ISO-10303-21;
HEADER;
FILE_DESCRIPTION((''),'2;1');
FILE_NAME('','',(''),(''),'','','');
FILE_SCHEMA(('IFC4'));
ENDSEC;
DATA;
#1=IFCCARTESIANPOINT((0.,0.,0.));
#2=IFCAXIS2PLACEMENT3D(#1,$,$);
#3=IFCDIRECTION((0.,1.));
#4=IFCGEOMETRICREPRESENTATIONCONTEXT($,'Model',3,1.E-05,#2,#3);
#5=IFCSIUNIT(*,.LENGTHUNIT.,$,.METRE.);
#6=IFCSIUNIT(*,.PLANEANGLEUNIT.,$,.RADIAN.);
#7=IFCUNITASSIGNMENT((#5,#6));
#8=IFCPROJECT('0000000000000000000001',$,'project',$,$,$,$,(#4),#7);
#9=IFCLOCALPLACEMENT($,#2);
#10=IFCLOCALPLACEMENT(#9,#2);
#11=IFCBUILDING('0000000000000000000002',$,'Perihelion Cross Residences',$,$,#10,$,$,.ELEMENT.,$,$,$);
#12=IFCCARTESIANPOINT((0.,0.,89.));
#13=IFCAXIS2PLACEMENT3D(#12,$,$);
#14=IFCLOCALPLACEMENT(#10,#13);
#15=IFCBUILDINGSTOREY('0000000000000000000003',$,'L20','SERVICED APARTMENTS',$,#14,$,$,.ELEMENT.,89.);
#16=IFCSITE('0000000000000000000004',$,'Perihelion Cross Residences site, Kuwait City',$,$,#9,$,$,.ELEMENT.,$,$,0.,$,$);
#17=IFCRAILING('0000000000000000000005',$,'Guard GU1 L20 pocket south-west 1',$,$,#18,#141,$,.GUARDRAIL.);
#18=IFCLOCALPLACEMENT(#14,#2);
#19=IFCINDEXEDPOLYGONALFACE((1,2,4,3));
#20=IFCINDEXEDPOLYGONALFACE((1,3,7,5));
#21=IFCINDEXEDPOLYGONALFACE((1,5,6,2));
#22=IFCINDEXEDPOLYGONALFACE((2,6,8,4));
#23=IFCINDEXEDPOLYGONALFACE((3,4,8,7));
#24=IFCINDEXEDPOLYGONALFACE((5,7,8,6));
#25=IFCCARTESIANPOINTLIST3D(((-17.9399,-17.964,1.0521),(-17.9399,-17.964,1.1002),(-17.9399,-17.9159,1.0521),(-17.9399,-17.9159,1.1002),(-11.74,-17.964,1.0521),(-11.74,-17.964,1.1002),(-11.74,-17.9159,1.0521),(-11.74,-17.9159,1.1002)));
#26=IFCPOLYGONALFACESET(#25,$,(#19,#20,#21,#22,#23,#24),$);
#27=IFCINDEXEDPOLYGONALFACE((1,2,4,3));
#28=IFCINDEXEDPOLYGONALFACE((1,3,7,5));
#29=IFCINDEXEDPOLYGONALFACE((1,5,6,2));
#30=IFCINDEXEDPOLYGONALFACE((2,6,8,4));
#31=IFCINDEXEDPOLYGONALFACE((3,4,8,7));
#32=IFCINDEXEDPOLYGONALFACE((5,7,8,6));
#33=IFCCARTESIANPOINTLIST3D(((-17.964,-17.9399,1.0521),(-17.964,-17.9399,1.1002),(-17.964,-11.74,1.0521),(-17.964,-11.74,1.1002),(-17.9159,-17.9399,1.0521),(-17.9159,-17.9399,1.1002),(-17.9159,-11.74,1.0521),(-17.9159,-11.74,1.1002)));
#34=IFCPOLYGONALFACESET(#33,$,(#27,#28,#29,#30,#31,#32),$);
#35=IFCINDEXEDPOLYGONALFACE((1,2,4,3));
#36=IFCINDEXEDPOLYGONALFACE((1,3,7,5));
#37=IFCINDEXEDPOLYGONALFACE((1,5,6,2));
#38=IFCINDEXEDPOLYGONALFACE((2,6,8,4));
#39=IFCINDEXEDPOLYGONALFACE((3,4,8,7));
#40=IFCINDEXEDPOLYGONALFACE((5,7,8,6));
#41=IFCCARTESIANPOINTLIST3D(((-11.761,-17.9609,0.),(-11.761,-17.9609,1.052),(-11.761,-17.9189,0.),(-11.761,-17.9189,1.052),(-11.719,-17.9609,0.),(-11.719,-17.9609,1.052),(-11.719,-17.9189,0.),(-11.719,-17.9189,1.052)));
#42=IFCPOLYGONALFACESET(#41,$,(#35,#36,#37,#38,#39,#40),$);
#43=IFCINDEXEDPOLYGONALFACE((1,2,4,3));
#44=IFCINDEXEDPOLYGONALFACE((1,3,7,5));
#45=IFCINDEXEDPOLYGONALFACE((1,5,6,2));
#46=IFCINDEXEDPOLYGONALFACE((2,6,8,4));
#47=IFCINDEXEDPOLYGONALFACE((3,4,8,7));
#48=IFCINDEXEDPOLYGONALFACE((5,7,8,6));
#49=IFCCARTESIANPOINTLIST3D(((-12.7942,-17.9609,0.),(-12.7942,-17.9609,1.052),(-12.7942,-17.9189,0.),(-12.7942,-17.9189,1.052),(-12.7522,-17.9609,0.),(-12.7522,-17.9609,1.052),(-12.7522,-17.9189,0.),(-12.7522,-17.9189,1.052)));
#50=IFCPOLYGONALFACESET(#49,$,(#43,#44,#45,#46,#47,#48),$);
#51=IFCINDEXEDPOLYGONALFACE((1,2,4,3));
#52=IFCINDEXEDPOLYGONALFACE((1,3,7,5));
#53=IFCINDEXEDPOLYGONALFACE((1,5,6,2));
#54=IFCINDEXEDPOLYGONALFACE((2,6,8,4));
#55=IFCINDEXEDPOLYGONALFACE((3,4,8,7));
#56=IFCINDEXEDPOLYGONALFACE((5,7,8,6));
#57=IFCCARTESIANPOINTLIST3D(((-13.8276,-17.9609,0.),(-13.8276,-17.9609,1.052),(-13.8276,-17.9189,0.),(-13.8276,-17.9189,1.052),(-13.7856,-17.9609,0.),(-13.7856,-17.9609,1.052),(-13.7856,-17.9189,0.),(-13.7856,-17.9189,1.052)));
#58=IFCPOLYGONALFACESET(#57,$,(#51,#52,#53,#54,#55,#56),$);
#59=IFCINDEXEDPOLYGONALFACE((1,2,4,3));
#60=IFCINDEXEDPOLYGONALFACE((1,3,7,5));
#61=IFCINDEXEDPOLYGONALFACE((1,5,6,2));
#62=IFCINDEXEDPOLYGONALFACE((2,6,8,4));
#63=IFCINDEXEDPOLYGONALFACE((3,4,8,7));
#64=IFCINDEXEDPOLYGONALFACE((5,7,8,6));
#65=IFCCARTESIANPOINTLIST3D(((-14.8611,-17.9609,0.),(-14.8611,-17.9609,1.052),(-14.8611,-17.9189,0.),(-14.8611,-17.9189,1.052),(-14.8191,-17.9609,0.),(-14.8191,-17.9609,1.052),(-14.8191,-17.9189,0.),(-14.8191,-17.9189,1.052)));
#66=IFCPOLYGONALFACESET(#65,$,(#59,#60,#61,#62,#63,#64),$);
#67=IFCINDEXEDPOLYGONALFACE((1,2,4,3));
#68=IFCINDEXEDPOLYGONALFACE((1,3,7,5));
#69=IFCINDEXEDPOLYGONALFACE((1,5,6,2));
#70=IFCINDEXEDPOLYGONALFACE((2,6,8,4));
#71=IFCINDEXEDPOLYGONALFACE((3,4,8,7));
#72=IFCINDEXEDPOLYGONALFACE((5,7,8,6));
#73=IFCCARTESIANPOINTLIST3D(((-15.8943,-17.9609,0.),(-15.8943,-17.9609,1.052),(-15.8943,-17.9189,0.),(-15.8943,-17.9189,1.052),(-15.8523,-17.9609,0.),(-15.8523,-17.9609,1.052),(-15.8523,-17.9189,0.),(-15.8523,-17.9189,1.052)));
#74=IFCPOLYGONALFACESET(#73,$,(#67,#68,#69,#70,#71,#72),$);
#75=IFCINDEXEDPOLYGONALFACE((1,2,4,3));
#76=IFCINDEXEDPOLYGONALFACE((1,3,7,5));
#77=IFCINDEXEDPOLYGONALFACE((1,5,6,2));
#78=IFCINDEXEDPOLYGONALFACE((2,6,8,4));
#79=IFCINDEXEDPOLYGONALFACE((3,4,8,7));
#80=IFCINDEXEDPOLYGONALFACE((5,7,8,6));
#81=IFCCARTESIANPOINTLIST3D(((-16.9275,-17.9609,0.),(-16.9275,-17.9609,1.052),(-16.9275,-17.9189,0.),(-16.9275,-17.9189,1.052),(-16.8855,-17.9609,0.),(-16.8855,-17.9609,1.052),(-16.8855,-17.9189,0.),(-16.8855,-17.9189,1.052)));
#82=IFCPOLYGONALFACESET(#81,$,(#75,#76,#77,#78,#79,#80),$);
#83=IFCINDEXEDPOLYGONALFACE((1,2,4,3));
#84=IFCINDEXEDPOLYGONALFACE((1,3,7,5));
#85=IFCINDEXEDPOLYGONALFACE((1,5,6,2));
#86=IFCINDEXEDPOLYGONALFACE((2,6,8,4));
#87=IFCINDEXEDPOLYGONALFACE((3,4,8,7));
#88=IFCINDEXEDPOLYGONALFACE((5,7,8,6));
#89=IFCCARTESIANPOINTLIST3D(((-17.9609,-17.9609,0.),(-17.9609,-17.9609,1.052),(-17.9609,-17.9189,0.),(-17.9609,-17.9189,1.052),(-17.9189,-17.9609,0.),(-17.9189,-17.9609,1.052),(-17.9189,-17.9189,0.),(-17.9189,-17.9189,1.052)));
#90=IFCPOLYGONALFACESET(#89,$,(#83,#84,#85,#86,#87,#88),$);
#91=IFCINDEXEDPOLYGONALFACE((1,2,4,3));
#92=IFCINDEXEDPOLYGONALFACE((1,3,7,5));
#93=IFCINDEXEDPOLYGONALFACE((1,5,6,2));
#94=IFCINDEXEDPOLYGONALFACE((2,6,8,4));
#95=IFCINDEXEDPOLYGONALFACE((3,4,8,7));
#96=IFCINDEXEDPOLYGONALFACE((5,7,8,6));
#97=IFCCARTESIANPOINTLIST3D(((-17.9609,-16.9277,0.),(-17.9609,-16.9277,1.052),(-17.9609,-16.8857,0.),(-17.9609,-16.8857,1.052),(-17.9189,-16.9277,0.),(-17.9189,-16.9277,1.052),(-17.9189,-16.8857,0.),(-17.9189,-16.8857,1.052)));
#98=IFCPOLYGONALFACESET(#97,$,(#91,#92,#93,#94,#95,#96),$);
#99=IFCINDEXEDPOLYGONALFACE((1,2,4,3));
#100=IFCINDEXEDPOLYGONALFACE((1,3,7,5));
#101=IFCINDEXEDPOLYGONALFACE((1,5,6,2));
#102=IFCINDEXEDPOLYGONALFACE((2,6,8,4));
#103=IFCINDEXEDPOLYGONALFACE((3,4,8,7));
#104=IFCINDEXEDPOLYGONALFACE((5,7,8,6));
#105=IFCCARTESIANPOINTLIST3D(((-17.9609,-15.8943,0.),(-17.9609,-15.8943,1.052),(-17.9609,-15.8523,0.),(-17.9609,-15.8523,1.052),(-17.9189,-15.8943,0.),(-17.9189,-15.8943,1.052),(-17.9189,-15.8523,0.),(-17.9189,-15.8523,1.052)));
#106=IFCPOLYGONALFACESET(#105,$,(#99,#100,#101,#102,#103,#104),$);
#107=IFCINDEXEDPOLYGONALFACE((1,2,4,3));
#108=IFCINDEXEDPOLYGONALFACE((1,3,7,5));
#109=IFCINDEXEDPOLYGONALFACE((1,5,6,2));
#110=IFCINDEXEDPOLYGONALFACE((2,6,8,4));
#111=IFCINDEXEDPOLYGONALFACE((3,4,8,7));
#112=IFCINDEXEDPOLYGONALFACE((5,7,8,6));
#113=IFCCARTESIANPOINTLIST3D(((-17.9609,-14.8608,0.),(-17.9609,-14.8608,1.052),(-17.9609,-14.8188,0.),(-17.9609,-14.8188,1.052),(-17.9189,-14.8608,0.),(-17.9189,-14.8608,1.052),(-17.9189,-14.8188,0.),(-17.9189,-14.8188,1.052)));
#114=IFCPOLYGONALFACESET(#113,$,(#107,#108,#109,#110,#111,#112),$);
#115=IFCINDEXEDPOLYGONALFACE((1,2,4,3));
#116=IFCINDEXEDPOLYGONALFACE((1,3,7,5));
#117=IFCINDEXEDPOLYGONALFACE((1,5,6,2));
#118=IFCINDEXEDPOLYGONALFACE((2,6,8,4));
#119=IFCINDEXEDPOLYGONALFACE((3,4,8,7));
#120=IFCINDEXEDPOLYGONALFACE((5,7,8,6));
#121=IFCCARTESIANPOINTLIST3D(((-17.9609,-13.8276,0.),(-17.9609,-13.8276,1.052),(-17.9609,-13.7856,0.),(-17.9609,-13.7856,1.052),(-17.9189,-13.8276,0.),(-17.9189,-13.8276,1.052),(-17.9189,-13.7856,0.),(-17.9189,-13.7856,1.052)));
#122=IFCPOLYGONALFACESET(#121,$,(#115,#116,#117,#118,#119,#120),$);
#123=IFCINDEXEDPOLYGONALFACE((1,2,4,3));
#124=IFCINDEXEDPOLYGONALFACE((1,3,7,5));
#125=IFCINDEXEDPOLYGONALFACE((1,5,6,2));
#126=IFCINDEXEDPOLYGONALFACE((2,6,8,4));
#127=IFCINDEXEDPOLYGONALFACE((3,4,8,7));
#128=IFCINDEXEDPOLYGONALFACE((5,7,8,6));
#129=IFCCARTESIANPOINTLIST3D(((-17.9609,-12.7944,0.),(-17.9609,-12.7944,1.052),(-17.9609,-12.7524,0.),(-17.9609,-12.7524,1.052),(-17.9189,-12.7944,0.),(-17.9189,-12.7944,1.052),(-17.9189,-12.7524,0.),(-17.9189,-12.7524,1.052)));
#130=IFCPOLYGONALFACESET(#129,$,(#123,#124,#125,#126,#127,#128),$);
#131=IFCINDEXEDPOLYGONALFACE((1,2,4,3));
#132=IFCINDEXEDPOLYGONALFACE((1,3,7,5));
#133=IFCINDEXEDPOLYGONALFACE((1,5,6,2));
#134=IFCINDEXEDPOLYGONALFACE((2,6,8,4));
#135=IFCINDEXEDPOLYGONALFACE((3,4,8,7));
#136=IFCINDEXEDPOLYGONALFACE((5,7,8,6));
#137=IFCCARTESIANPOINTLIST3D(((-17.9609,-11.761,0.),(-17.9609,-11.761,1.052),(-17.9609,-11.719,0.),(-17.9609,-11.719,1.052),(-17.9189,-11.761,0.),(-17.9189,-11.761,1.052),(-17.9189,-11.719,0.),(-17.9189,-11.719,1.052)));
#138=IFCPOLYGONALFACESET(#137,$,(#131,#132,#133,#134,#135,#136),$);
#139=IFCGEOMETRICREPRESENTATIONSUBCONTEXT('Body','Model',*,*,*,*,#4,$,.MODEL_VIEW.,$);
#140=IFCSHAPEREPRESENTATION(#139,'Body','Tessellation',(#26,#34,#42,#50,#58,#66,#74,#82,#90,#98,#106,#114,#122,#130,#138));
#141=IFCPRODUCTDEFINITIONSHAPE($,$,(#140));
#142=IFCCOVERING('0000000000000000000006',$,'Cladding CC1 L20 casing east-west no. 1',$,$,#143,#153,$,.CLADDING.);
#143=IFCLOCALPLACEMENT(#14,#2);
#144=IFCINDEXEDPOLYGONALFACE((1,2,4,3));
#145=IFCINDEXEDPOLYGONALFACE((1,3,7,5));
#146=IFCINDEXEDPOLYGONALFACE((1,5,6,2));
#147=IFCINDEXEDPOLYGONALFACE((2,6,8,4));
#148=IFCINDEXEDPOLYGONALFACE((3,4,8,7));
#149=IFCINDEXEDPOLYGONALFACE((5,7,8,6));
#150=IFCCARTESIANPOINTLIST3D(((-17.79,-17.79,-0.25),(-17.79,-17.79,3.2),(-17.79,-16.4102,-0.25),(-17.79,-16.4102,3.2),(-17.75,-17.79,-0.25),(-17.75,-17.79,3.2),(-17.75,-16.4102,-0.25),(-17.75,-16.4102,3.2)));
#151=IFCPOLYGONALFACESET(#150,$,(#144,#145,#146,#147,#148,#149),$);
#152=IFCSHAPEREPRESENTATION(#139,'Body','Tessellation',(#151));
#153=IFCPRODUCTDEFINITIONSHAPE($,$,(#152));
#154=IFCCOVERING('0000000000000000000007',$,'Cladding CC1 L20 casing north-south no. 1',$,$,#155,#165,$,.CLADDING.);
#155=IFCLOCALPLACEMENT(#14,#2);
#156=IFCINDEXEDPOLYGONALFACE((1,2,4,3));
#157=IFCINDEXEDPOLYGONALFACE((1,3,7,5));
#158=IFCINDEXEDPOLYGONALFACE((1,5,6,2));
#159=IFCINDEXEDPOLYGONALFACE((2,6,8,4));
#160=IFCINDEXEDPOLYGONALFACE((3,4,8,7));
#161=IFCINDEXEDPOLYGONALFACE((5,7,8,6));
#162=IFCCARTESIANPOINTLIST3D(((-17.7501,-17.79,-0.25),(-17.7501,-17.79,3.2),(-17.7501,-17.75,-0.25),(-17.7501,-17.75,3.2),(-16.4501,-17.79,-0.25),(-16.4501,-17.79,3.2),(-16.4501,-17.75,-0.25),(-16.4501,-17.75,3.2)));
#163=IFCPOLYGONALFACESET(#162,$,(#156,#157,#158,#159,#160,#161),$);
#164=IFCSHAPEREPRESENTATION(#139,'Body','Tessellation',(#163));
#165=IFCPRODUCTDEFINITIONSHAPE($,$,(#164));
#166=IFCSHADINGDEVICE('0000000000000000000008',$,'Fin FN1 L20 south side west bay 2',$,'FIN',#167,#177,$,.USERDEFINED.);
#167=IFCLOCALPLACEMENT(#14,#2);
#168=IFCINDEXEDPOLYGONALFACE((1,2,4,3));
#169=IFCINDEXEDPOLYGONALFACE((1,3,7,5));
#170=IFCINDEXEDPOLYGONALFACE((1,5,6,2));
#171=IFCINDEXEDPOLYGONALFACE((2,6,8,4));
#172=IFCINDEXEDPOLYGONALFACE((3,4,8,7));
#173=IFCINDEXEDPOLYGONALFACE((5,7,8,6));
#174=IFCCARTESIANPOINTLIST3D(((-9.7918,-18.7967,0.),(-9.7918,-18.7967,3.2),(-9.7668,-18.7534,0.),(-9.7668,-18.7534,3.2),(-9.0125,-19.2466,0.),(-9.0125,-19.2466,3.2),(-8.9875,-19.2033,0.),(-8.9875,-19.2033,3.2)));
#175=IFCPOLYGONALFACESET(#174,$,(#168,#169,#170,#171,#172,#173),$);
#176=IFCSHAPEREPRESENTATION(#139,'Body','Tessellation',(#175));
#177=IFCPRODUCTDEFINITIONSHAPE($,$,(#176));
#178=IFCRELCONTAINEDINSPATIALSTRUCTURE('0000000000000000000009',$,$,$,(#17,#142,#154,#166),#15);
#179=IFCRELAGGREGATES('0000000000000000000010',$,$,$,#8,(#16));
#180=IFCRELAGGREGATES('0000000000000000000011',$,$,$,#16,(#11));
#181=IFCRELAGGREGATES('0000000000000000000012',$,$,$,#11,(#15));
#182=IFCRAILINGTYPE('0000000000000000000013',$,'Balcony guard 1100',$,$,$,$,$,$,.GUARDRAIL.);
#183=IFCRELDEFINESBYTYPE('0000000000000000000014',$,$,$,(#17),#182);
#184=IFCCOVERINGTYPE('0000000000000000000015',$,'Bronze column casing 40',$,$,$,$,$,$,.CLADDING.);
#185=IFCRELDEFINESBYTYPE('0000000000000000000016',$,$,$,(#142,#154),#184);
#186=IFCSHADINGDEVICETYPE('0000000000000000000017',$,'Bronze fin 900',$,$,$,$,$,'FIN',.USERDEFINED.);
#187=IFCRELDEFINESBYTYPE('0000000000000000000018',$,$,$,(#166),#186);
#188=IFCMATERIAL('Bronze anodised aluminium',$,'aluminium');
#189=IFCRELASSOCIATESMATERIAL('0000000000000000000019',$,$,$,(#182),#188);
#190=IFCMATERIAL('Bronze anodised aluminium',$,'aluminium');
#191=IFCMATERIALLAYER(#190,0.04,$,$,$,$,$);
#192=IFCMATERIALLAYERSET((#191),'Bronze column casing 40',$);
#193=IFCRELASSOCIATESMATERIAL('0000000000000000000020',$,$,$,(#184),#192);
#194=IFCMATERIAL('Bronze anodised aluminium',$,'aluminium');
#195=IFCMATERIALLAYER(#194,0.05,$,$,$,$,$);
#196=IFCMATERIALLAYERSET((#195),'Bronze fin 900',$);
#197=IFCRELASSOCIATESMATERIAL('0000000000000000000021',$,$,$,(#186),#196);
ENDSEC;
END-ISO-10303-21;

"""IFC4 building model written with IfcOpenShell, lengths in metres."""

from ifc_helpers import new_model, si_unit, direction, frame, origin, origin_2d, place, context, subcontext, project, spatial, rectangle, extrude, material, layer, layer_set, type_object, element, save


model = new_model("IFC4")

# Units and contexts
model_context = context("Model", 3, precision=1e-05, world=origin(), true_north=direction((0.0, 1.0)))
body_context = subcontext(model_context, "Body", "Model", "MODEL_VIEW")
ifc_project = project(units=[si_unit("LENGTHUNIT", "METRE"), si_unit("PLANEANGLEUNIT", "RADIAN")], contexts=[model_context])

# Site, building, storey
site_placement = place(None, origin())
site = spatial("IfcSite", under=ifc_project, at=site_placement, Name="Perihelion Cross Residences site, Kuwait City", CompositionType="ELEMENT", RefElevation=0.0)
building_placement = place(site_placement, origin())
building = spatial("IfcBuilding", under=site, at=building_placement, Name="Perihelion Cross Residences", CompositionType="ELEMENT")
storey_placement = place(building_placement, frame((0.0, 0.0, 89.0)))
storey = spatial("IfcBuildingStorey", under=building, at=storey_placement, Name="L20", Description="SERVICED APARTMENTS", CompositionType="ELEMENT", Elevation=89.0)

# Railing
ifc_material_1 = material(Name="Bronze anodised aluminium", Category="aluminium")
railing_type = type_object("IfcRailingType", Name="Balcony guard 1100", PredefinedType="GUARDRAIL", material=ifc_material_1)
railing_1_placement = place(storey_placement, frame((-11.74, -17.9399, 0.0)))
element("IfcRailing", 1, at=railing_1_placement, inside=storey, type_object=railing_type, Name="Guard GU1 L20 pocket south-west 1", PredefinedType="GUARDRAIL", context=body_context, shape_type="SweptSolid", body=[
    extrude(rectangle(XDim=0.0481, YDim=0.0481, at=origin_2d()), frame((0.0, 0.0, 1.0762), z_axis=(-1.0, 0.0, 0.0), x_axis=(0.0, -1.0, 0.0)), (0.0, 0.0, 1.0), 6.2),
    extrude(rectangle(XDim=0.0481, YDim=0.0481, at=origin_2d()), frame((-6.2, 0.0, 1.0762), z_axis=(0.0, 1.0, 0.0), x_axis=(-1.0, 0.0, 0.0)), (0.0, 0.0, 1.0), 6.2),
    extrude(rectangle(XDim=0.042, YDim=0.042, at=origin_2d()), origin(), (0.0, 0.0, 1.0), 1.052),
    extrude(rectangle(XDim=0.042, YDim=0.042, at=origin_2d()), frame((-1.0332, 0.0, 0.0)), (0.0, 0.0, 1.0), 1.052),
    extrude(rectangle(XDim=0.042, YDim=0.042, at=origin_2d()), frame((-2.0667, 0.0, 0.0)), (0.0, 0.0, 1.0), 1.052),
    extrude(rectangle(XDim=0.042, YDim=0.042, at=origin_2d()), frame((-3.1001, 0.0, 0.0)), (0.0, 0.0, 1.0), 1.052),
    extrude(rectangle(XDim=0.042, YDim=0.042, at=origin_2d()), frame((-4.1333, 0.0, 0.0)), (0.0, 0.0, 1.0), 1.052),
    extrude(rectangle(XDim=0.042, YDim=0.042, at=origin_2d()), frame((-5.1665, 0.0, 0.0)), (0.0, 0.0, 1.0), 1.052),
    extrude(rectangle(XDim=0.042, YDim=0.042, at=origin_2d()), frame((-6.2, 0.0, 0.0)), (0.0, 0.0, 1.0), 1.052),
    extrude(rectangle(XDim=0.042, YDim=0.042, at=origin_2d()), frame((-6.2, 1.0332, 0.0)), (0.0, 0.0, 1.0), 1.052),
    extrude(rectangle(XDim=0.042, YDim=0.042, at=origin_2d()), frame((-6.2, 2.0667, 0.0)), (0.0, 0.0, 1.0), 1.052),
    extrude(rectangle(XDim=0.042, YDim=0.042, at=origin_2d()), frame((-6.2, 3.1001, 0.0)), (0.0, 0.0, 1.0), 1.052),
    extrude(rectangle(XDim=0.042, YDim=0.042, at=origin_2d()), frame((-6.2, 4.1333, 0.0)), (0.0, 0.0, 1.0), 1.052),
    extrude(rectangle(XDim=0.042, YDim=0.042, at=origin_2d()), frame((-6.2, 5.1665, 0.0)), (0.0, 0.0, 1.0), 1.052),
    extrude(rectangle(XDim=0.042, YDim=0.042, at=origin_2d()), frame((-6.2, 6.2, 0.0)), (0.0, 0.0, 1.0), 1.052),
])

# Coverings
ifc_material_2 = material(Name="Bronze anodised aluminium", Category="aluminium")
ifc_layer_1 = layer(ifc_material_2, 0.04)
ifc_layer_set_1 = layer_set([ifc_layer_1], Name="Bronze column casing 40")
covering_type = type_object("IfcCoveringType", Name="Bronze column casing 40", PredefinedType="CLADDING", material=ifc_layer_set_1)
covering_1_placement = place(storey_placement, frame((-17.77, -17.1001, -0.25), z_axis=(0.0, 0.0, 1.0), x_axis=(1.0, 0.0, 0.0)))
element("IfcCovering", 2, at=covering_1_placement, inside=storey, type_object=covering_type, Name="Cladding CC1 L20 casing east-west no. 1", PredefinedType="CLADDING", context=body_context, shape_type="SweptSolid", body=[
    extrude(rectangle(XDim=0.04, YDim=1.3799, at=origin_2d()), origin(), (0.0, 0.0, 1.0), 3.45),
])
covering_2_placement = place(storey_placement, frame((-17.1001, -17.77, -0.25), z_axis=(0.0, 0.0, 1.0), x_axis=(1.0, 0.0, 0.0)))
element("IfcCovering", 3, at=covering_2_placement, inside=storey, type_object=covering_type, Name="Cladding CC1 L20 casing north-south no. 1", PredefinedType="CLADDING", context=body_context, shape_type="SweptSolid", body=[
    extrude(rectangle(XDim=1.3, YDim=0.04, at=origin_2d()), origin(), (0.0, 0.0, 1.0), 3.45),
])

# Shading device
ifc_material_3 = material(Name="Bronze anodised aluminium", Category="aluminium")
ifc_layer_2 = layer(ifc_material_3, 0.05)
ifc_layer_set_2 = layer_set([ifc_layer_2], Name="Bronze fin 900")
shading_device_type = type_object("IfcShadingDeviceType", Name="Bronze fin 900", ElementType="FIN", PredefinedType="USERDEFINED", material=ifc_layer_set_2)
shading_device_placement = place(storey_placement, frame((-9.3896, -19.0, 0.0), z_axis=(0.0, 0.0, 1.0), x_axis=(-0.866025, 0.5, 0.0)))
element("IfcShadingDevice", 4, at=shading_device_placement, inside=storey, type_object=shading_device_type, Name="Fin FN1 L20 south side west bay 2", ObjectType="FIN", PredefinedType="USERDEFINED", context=body_context, shape_type="SweptSolid", body=[
    extrude(rectangle(XDim=0.8999, YDim=0.05, at=origin_2d()), origin(), (0.0, 0.0, 1.0), 3.2),
])

save(model, "model.ifc")
